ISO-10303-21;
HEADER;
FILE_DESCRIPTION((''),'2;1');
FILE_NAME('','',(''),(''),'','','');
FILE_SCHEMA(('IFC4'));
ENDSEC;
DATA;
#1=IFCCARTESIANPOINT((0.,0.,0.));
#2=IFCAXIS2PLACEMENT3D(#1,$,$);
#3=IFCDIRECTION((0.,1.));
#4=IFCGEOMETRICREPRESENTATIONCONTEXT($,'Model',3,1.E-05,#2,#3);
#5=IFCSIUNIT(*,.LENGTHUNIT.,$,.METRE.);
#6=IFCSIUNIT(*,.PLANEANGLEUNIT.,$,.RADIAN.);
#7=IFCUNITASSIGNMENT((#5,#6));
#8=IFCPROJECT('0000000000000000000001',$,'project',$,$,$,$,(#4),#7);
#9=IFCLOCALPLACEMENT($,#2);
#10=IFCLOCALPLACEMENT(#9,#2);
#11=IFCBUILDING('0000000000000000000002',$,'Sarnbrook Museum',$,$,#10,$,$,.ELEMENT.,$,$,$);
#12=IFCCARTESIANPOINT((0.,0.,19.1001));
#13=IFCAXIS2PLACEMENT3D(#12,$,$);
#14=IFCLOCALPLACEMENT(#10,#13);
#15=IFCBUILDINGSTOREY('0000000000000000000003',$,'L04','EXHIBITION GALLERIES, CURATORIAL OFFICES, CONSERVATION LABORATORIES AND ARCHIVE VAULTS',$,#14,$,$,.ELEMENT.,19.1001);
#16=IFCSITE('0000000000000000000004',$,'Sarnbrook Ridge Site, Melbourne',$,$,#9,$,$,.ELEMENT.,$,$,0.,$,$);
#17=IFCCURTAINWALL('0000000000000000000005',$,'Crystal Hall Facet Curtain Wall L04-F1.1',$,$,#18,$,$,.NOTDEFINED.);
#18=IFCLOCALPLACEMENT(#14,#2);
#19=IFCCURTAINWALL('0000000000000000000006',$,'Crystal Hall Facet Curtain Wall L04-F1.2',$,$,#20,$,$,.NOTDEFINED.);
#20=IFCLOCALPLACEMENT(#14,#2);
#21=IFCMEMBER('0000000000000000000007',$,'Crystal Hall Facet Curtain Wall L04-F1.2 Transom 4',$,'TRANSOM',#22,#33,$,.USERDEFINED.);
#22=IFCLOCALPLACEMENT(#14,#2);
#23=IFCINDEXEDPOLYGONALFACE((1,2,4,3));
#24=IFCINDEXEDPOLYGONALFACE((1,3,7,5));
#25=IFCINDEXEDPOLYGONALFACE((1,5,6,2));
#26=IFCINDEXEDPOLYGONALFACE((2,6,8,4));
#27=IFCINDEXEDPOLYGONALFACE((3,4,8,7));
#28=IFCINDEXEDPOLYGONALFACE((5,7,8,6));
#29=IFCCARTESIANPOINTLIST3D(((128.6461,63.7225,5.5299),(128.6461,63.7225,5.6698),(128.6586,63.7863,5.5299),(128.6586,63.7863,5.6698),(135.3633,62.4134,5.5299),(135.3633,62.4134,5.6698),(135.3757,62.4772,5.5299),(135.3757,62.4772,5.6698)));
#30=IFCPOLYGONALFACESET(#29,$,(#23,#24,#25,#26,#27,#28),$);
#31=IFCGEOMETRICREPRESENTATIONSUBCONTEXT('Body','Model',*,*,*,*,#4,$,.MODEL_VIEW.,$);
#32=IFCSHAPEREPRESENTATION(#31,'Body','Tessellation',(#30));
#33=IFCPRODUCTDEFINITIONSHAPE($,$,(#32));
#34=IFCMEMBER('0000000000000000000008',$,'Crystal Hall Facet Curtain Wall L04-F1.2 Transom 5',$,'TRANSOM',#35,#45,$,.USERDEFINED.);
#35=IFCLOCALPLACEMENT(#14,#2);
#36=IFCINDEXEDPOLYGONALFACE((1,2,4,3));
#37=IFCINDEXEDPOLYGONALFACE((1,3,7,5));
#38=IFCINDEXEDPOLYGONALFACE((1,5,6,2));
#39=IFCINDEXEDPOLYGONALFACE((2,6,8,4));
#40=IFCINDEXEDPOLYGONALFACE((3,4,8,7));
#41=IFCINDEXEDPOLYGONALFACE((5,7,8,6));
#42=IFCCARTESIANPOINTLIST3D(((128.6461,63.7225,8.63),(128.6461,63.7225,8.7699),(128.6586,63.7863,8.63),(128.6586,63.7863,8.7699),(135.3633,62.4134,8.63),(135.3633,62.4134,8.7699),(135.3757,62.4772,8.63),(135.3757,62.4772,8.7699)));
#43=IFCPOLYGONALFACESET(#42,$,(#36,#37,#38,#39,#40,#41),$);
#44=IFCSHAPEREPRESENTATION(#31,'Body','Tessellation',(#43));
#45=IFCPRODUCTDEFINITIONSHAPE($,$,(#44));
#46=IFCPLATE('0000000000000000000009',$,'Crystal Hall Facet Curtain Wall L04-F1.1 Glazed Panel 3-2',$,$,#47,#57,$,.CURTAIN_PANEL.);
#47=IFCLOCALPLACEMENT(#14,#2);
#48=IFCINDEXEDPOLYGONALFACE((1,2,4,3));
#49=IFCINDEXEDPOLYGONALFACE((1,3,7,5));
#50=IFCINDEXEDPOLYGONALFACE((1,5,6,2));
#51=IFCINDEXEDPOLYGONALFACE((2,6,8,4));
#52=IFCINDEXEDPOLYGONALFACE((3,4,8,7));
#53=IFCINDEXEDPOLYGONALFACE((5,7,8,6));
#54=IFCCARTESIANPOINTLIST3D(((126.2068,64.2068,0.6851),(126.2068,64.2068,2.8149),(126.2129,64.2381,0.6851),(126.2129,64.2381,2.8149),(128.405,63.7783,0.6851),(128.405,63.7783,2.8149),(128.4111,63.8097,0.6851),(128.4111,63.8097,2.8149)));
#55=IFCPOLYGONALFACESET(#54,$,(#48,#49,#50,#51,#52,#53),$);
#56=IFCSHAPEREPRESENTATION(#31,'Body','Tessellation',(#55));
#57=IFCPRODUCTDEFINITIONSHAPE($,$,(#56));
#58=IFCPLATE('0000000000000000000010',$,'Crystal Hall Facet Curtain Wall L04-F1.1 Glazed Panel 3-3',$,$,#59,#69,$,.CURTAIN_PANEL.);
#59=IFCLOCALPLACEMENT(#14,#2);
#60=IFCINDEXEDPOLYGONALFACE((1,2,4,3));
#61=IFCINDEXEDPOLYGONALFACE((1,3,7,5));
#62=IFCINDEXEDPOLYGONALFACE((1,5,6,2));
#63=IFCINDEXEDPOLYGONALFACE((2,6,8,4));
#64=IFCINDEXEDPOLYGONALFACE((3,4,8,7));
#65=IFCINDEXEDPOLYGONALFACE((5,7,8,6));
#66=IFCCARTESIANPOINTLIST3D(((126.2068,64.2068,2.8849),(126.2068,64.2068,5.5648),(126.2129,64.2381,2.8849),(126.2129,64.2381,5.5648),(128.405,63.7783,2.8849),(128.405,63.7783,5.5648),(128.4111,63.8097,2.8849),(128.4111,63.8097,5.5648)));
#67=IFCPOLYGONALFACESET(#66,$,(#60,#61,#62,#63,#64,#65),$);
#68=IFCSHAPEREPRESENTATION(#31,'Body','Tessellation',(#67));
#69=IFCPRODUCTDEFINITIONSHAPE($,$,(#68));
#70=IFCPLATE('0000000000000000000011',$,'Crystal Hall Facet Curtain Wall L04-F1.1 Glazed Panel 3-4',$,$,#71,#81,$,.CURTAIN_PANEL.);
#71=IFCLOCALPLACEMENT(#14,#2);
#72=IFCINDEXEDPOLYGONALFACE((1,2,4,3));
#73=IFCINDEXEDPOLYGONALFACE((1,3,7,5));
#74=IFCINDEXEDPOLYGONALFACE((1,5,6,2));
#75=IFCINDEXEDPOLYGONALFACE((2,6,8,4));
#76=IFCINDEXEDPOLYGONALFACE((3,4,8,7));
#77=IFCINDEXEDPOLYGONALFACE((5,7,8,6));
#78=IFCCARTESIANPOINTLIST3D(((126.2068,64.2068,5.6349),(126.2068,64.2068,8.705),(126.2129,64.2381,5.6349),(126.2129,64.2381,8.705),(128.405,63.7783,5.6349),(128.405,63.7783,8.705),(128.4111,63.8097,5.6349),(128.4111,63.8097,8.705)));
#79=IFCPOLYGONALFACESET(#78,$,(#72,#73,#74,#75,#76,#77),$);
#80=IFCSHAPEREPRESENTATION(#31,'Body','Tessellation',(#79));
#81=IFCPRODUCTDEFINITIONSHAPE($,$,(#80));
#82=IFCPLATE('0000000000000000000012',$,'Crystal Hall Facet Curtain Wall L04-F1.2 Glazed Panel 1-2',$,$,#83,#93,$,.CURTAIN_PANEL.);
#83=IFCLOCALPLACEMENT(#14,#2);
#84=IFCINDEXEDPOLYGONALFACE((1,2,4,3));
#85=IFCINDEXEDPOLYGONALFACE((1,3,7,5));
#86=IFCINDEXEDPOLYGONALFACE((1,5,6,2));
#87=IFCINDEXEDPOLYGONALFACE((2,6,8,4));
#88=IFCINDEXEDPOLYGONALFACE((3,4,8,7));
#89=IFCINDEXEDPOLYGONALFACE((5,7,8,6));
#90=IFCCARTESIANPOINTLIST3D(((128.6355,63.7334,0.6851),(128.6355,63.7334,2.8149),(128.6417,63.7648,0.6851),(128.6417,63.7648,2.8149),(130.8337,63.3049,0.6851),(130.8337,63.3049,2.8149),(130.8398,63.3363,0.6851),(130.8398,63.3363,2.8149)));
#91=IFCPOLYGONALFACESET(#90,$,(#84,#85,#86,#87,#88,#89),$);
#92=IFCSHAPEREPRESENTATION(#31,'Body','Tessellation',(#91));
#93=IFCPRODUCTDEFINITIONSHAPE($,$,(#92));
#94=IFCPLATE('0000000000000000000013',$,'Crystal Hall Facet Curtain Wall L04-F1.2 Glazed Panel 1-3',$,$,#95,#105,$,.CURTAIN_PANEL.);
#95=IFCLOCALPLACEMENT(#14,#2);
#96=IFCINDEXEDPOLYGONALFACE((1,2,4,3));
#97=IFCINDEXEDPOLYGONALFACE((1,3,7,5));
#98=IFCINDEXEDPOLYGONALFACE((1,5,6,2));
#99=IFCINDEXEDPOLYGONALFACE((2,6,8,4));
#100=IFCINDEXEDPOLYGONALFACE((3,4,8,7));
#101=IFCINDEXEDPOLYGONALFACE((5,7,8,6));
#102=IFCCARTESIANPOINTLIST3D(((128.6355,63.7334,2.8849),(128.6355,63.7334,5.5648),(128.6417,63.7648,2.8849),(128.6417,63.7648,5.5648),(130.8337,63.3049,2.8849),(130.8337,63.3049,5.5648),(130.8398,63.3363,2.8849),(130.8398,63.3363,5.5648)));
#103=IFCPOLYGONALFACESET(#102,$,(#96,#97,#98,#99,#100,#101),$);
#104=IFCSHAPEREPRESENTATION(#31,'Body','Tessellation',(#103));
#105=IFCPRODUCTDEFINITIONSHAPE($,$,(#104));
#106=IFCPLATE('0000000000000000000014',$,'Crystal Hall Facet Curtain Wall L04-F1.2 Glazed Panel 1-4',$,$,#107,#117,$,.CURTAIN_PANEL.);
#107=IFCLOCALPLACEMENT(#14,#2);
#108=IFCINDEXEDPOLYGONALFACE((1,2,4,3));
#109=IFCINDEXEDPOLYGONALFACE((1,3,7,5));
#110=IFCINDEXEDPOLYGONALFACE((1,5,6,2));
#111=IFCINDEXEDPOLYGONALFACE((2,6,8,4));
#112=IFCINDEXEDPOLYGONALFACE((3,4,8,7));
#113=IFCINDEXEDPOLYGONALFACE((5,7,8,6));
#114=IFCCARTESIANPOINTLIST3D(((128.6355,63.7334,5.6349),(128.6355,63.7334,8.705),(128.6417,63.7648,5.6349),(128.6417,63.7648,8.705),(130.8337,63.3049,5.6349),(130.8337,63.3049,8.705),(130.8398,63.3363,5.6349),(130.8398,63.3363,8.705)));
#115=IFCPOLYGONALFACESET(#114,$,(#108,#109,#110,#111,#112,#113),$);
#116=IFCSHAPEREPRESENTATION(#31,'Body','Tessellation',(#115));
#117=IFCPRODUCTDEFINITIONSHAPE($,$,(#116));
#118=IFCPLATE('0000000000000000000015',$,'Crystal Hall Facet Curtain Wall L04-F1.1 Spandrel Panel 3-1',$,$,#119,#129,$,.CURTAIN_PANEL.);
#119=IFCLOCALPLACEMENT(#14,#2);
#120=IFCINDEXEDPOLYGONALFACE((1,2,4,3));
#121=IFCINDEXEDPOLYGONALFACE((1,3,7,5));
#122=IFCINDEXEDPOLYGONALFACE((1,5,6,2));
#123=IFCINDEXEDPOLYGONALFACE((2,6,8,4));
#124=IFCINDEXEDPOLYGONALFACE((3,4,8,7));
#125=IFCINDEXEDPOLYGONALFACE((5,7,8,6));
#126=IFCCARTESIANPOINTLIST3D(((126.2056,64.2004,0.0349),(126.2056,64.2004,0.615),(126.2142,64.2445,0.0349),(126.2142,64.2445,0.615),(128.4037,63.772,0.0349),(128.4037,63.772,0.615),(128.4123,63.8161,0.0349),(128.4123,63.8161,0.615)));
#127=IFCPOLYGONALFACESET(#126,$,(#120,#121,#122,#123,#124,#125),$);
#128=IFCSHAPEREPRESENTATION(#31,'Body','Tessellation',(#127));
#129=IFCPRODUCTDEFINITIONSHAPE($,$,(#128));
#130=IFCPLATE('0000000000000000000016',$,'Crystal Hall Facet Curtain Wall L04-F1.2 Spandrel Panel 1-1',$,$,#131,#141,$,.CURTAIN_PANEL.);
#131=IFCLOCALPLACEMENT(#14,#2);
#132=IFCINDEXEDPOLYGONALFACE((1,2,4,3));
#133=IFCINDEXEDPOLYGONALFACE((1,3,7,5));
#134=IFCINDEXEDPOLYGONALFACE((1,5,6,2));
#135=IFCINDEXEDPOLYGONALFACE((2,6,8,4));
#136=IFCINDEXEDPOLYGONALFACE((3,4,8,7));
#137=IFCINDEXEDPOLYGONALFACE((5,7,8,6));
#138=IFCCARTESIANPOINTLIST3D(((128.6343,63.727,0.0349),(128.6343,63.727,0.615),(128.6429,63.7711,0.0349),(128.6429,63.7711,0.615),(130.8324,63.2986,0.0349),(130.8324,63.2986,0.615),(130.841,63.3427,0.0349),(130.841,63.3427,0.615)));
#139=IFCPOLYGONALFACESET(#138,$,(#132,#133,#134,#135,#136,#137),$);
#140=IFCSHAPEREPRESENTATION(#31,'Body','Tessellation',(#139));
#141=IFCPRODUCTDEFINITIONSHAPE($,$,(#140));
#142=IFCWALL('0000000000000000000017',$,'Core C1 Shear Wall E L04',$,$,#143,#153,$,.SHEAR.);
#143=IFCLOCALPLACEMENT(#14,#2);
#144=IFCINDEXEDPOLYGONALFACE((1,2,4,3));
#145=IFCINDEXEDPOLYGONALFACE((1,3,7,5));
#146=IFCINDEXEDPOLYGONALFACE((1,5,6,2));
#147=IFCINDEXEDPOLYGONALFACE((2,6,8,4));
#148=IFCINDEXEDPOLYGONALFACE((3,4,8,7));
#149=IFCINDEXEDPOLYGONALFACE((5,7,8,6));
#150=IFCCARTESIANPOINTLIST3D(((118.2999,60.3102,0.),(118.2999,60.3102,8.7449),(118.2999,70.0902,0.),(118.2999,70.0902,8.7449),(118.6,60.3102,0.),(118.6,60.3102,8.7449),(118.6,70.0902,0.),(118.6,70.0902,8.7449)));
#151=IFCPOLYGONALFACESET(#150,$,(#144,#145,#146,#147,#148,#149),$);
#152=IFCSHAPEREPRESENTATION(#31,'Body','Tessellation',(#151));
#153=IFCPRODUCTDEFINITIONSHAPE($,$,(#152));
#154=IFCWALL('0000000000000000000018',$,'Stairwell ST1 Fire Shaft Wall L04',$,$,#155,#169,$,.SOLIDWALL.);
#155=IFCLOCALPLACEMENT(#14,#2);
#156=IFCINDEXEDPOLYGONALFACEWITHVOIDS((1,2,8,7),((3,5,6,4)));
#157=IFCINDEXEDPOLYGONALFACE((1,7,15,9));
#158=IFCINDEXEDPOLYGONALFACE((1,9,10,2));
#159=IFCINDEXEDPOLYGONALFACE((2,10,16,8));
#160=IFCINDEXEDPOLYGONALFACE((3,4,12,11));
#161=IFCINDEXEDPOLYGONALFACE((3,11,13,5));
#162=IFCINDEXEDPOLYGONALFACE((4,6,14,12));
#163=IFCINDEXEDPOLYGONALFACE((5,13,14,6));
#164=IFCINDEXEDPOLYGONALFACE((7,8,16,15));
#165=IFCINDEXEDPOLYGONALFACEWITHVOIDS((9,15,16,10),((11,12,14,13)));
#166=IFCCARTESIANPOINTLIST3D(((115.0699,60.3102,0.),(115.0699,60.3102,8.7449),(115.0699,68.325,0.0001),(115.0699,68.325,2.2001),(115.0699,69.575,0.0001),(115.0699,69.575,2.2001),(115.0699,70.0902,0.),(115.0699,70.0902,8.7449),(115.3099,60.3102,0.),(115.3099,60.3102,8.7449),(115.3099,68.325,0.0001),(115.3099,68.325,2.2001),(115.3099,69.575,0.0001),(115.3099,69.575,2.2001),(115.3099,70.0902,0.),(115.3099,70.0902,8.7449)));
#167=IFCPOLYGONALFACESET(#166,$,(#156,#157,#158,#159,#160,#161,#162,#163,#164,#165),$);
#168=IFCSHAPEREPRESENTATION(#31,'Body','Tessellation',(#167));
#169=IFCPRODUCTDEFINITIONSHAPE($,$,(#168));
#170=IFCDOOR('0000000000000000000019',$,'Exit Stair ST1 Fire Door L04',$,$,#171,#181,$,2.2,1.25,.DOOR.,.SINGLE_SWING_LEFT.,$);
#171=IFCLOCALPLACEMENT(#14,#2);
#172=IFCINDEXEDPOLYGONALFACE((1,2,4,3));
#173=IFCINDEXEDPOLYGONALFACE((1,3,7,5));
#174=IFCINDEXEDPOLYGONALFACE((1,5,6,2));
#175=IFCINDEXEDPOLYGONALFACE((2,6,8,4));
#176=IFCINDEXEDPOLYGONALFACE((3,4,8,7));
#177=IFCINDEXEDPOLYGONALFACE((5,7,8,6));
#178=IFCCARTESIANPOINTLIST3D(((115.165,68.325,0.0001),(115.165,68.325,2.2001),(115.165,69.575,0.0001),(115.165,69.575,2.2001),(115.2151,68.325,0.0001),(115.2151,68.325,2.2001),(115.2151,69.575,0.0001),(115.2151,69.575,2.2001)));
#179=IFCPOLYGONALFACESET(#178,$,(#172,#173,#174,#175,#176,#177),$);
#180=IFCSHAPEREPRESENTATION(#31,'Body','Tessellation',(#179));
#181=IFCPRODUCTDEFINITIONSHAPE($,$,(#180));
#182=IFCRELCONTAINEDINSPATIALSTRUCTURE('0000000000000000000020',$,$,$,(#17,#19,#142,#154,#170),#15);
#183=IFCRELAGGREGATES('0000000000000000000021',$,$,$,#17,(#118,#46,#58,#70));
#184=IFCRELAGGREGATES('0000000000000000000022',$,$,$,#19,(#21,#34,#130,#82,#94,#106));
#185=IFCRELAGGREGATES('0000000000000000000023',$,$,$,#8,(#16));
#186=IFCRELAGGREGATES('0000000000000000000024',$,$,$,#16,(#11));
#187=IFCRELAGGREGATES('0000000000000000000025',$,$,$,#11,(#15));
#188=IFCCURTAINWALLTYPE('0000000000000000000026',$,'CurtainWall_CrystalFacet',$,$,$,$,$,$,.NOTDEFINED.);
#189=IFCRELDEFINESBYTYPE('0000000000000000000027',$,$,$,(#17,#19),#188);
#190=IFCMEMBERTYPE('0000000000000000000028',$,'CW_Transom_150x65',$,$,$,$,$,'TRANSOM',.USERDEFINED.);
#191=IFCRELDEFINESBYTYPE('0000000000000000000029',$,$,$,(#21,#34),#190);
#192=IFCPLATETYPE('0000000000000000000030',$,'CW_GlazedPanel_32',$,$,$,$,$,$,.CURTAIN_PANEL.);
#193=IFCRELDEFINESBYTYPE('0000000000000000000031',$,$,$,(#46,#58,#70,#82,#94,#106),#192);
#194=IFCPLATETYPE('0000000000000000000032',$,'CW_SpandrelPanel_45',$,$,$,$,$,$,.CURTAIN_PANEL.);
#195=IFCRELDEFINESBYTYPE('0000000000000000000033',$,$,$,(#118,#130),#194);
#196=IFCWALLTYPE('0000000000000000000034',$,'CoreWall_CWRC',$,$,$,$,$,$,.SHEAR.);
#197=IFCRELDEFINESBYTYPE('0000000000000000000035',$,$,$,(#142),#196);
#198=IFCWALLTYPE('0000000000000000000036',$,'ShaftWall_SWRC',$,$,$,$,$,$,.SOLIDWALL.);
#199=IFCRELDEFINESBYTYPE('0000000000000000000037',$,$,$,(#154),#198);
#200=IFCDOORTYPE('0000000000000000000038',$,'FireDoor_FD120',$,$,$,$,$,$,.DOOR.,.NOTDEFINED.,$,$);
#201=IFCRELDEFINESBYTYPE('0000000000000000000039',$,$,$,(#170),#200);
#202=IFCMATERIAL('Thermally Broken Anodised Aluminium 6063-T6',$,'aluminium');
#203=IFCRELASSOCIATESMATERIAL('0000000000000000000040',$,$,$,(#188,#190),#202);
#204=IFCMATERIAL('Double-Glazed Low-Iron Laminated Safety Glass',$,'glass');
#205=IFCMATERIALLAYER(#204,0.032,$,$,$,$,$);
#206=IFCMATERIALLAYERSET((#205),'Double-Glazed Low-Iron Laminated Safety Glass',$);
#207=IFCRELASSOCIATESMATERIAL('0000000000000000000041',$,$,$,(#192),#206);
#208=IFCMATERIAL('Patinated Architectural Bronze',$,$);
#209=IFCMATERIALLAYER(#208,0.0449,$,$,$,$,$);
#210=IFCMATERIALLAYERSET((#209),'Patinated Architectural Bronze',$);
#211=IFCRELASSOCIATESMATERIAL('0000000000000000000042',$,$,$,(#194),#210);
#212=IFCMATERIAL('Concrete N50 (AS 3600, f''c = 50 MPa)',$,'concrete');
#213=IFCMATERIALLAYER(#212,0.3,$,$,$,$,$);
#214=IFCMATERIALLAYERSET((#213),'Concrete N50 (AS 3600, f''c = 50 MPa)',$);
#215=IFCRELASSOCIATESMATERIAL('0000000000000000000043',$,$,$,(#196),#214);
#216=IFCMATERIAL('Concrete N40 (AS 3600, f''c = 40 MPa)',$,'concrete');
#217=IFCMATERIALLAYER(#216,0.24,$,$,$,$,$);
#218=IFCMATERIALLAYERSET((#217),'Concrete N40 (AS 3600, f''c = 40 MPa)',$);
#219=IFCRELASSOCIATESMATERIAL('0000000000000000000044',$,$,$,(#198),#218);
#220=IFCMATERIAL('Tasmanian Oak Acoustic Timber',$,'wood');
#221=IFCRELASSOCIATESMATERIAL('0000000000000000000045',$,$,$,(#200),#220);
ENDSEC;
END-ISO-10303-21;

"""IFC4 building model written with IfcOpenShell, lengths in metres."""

from ifc_helpers import new_model, si_unit, direction, frame, frame_2d, origin, origin_2d, place, context, subcontext, project, spatial, rectangle, extrude, material, layer, layer_set, material_profile, profile_set, type_object, element, fill, aggregate, save


model = new_model("IFC4")

# Units and contexts
model_context = context("Model", 3, precision=1e-05, world=origin(), true_north=direction((0.0, 1.0)))
body_context = subcontext(model_context, "Body", "Model", "MODEL_VIEW")
ifc_project = project(units=[si_unit("LENGTHUNIT", "METRE"), si_unit("PLANEANGLEUNIT", "RADIAN")], contexts=[model_context])

# Site, building, storey
site_placement = place(None, origin())
site = spatial("IfcSite", under=ifc_project, at=site_placement, Name="Sarnbrook Ridge Site, Melbourne", CompositionType="ELEMENT", RefElevation=0.0)
building_placement = place(site_placement, origin())
building = spatial("IfcBuilding", under=site, at=building_placement, Name="Sarnbrook Museum", CompositionType="ELEMENT")
storey_placement = place(building_placement, frame((0.0, 0.0, 19.1001)))
storey = spatial("IfcBuildingStorey", under=building, at=storey_placement, Name="L04", Description="EXHIBITION GALLERIES, CURATORIAL OFFICES, CONSERVATION LABORATORIES AND ARCHIVE VAULTS", CompositionType="ELEMENT", Elevation=19.1001)

# Curtain walls, members
ifc_material_1 = material(Name="Thermally Broken Anodised Aluminium 6063-T6", Category="aluminium")
curtain_wall_type = type_object("IfcCurtainWallType", Name="CurtainWall_CrystalFacet", PredefinedType="NOTDEFINED", material=ifc_material_1)
curtain_wall_1_placement = place(storey_placement, origin())
curtain_wall_1 = element("IfcCurtainWall", 1, at=curtain_wall_1_placement, inside=storey, type_object=curtain_wall_type, Name="Crystal Hall Facet Curtain Wall L04-F1.1", PredefinedType="NOTDEFINED")
curtain_wall_2_placement = place(storey_placement, origin())
curtain_wall_2 = element("IfcCurtainWall", 2, at=curtain_wall_2_placement, inside=storey, type_object=curtain_wall_type, Name="Crystal Hall Facet Curtain Wall L04-F1.2", PredefinedType="NOTDEFINED")
ifc_material_profile_1 = material_profile(ifc_material_1, rectangle(XDim=0.0649, YDim=0.1399, at=origin_2d()), Name="ALU TRANSOM 65x140")
ifc_profile_set_1 = profile_set([ifc_material_profile_1], Name="Thermally Broken Anodised Aluminium 6063-T6")
member_type_1 = type_object("IfcMemberType", Name="CW_Transom_150x65", ElementType="TRANSOM", PredefinedType="USERDEFINED", material=ifc_profile_set_1)
member_1_placement = place(storey_placement, frame((128.6523, 63.7544, 5.5999), z_axis=(0.981533, -0.191291, 0.0), x_axis=(0.191291, 0.981533, 0.0)))
member_1 = element("IfcMember", 3, at=member_1_placement, type_object=member_type_1, Name="Crystal Hall Facet Curtain Wall L04-F1.2 Transom 4", ObjectType="TRANSOM", PredefinedType="USERDEFINED", context=body_context, shape_type="SweptSolid", body=[
    extrude(rectangle(XDim=0.0649, YDim=0.1399, at=origin_2d()), origin(), (0.0, 0.0, 1.0), 6.8435),
])
member_2_placement = place(storey_placement, frame((128.6523, 63.7544, 8.7), z_axis=(0.981533, -0.191291, 0.0), x_axis=(0.191291, 0.981533, 0.0)))
member_2 = element("IfcMember", 4, at=member_2_placement, type_object=member_type_1, Name="Crystal Hall Facet Curtain Wall L04-F1.2 Transom 5", ObjectType="TRANSOM", PredefinedType="USERDEFINED", context=body_context, shape_type="SweptSolid", body=[
    extrude(rectangle(XDim=0.0649, YDim=0.1399, at=origin_2d()), origin(), (0.0, 0.0, 1.0), 6.8435),
])

# Plates
ifc_material_2 = material(Name="Double-Glazed Low-Iron Laminated Safety Glass", Category="glass")
ifc_layer_1 = layer(ifc_material_2, 0.032)
ifc_layer_set_1 = layer_set([ifc_layer_1], Name="Double-Glazed Low-Iron Laminated Safety Glass")
plate_type_1 = type_object("IfcPlateType", Name="CW_GlazedPanel_32", PredefinedType="CURTAIN_PANEL", material=ifc_layer_set_1)
plate_1_placement = place(storey_placement, frame((127.312, 64.0239, 1.75), z_axis=(-0.191313, -0.981529, 0.0), x_axis=(0.981529, -0.191313, 0.0)))
plate_1 = element("IfcPlate", 5, at=plate_1_placement, type_object=plate_type_1, Name="Crystal Hall Facet Curtain Wall L04-F1.1 Glazed Panel 3-2", PredefinedType="CURTAIN_PANEL", context=body_context, shape_type="SweptSolid", body=[
    extrude(rectangle(XDim=2.2395, YDim=2.1299, at=origin_2d()), origin(), (0.0, 0.0, 1.0), 0.032),
])
plate_2_placement = place(storey_placement, frame((127.312, 64.0239, 4.2249), z_axis=(-0.191313, -0.981529, 0.0), x_axis=(0.981529, -0.191313, 0.0)))
plate_2 = element("IfcPlate", 6, at=plate_2_placement, type_object=plate_type_1, Name="Crystal Hall Facet Curtain Wall L04-F1.1 Glazed Panel 3-3", PredefinedType="CURTAIN_PANEL", context=body_context, shape_type="SweptSolid", body=[
    extrude(rectangle(XDim=2.2395, YDim=2.6799, at=origin_2d()), origin(), (0.0, 0.0, 1.0), 0.032),
])
plate_3_placement = place(storey_placement, frame((127.312, 64.0239, 7.1699), z_axis=(-0.191313, -0.981529, 0.0), x_axis=(0.981529, -0.191313, 0.0)))
plate_3 = element("IfcPlate", 7, at=plate_3_placement, type_object=plate_type_1, Name="Crystal Hall Facet Curtain Wall L04-F1.1 Glazed Panel 3-4", PredefinedType="CURTAIN_PANEL", context=body_context, shape_type="SweptSolid", body=[
    extrude(rectangle(XDim=2.2395, YDim=3.0701, at=origin_2d()), origin(), (0.0, 0.0, 1.0), 0.032),
])
plate_4_placement = place(storey_placement, frame((129.7407, 63.5505, 1.75), z_axis=(-0.191313, -0.981529, 0.0), x_axis=(0.981529, -0.191313, 0.0)))
plate_4 = element("IfcPlate", 8, at=plate_4_placement, type_object=plate_type_1, Name="Crystal Hall Facet Curtain Wall L04-F1.2 Glazed Panel 1-2", PredefinedType="CURTAIN_PANEL", context=body_context, shape_type="SweptSolid", body=[
    extrude(rectangle(XDim=2.2395, YDim=2.1299, at=origin_2d()), origin(), (0.0, 0.0, 1.0), 0.032),
])
plate_5_placement = place(storey_placement, frame((129.7407, 63.5505, 4.2249), z_axis=(-0.191313, -0.981529, 0.0), x_axis=(0.981529, -0.191313, 0.0)))
plate_5 = element("IfcPlate", 9, at=plate_5_placement, type_object=plate_type_1, Name="Crystal Hall Facet Curtain Wall L04-F1.2 Glazed Panel 1-3", PredefinedType="CURTAIN_PANEL", context=body_context, shape_type="SweptSolid", body=[
    extrude(rectangle(XDim=2.2395, YDim=2.6799, at=origin_2d()), origin(), (0.0, 0.0, 1.0), 0.032),
])
plate_6_placement = place(storey_placement, frame((129.7407, 63.5505, 7.1699), z_axis=(-0.191313, -0.981529, 0.0), x_axis=(0.981529, -0.191313, 0.0)))
plate_6 = element("IfcPlate", 10, at=plate_6_placement, type_object=plate_type_1, Name="Crystal Hall Facet Curtain Wall L04-F1.2 Glazed Panel 1-4", PredefinedType="CURTAIN_PANEL", context=body_context, shape_type="SweptSolid", body=[
    extrude(rectangle(XDim=2.2395, YDim=3.0701, at=origin_2d()), origin(), (0.0, 0.0, 1.0), 0.032),
])
ifc_material_3 = material(Name="Patinated Architectural Bronze")
ifc_layer_2 = layer(ifc_material_3, 0.0449)
ifc_layer_set_2 = layer_set([ifc_layer_2], Name="Patinated Architectural Bronze")
plate_type_2 = type_object("IfcPlateType", Name="CW_SpandrelPanel_45", PredefinedType="CURTAIN_PANEL", material=ifc_layer_set_2)
plate_7_placement = place(storey_placement, frame((127.3132, 64.0303, 0.325), z_axis=(-0.191313, -0.981529, 0.0), x_axis=(0.981529, -0.191313, 0.0)))
plate_7 = element("IfcPlate", 11, at=plate_7_placement, type_object=plate_type_2, Name="Crystal Hall Facet Curtain Wall L04-F1.1 Spandrel Panel 3-1", PredefinedType="CURTAIN_PANEL", context=body_context, shape_type="SweptSolid", body=[
    extrude(rectangle(XDim=2.2395, YDim=0.5801, at=origin_2d()), origin(), (0.0, 0.0, 1.0), 0.0449),
])
aggregate(curtain_wall_1, [plate_7, plate_1, plate_2, plate_3])
plate_8_placement = place(storey_placement, frame((129.7419, 63.5569, 0.325), z_axis=(-0.191313, -0.981529, 0.0), x_axis=(0.981529, -0.191313, 0.0)))
plate_8 = element("IfcPlate", 12, at=plate_8_placement, type_object=plate_type_2, Name="Crystal Hall Facet Curtain Wall L04-F1.2 Spandrel Panel 1-1", PredefinedType="CURTAIN_PANEL", context=body_context, shape_type="SweptSolid", body=[
    extrude(rectangle(XDim=2.2395, YDim=0.5801, at=origin_2d()), origin(), (0.0, 0.0, 1.0), 0.0449),
])
aggregate(curtain_wall_2, [member_1, member_2, plate_8, plate_4, plate_5, plate_6])

# Wall
ifc_material_4 = material(Name="Concrete N50 (AS 3600, f'c = 50 MPa)", Category="concrete")
ifc_layer_3 = layer(ifc_material_4, 0.3)
ifc_layer_set_3 = layer_set([ifc_layer_3], Name="Concrete N50 (AS 3600, f'c = 50 MPa)")
wall_type_1 = type_object("IfcWallType", Name="CoreWall_CWRC", PredefinedType="SHEAR", material=ifc_layer_set_3)
wall_1_placement = place(storey_placement, frame((118.45, 60.3101, 0.0), z_axis=(0.0, 0.0, 1.0), x_axis=(0.0, 1.0, 0.0)))
element("IfcWall", 13, at=wall_1_placement, inside=storey, type_object=wall_type_1, Name="Core C1 Shear Wall E L04", PredefinedType="SHEAR", context=body_context, shape_type="SweptSolid", body=[
    extrude(rectangle(XDim=9.78, YDim=0.3, at=frame_2d((4.8901, 0.0))), origin(), (0.0, 0.0, 1.0), 8.7449),
])

# Wall, opening, door
ifc_material_5 = material(Name="Concrete N40 (AS 3600, f'c = 40 MPa)", Category="concrete")
ifc_layer_4 = layer(ifc_material_5, 0.24)
ifc_layer_set_4 = layer_set([ifc_layer_4], Name="Concrete N40 (AS 3600, f'c = 40 MPa)")
wall_type_2 = type_object("IfcWallType", Name="ShaftWall_SWRC", PredefinedType="SOLIDWALL", material=ifc_layer_set_4)
wall_2_placement = place(storey_placement, frame((115.1899, 60.3101, 0.0), z_axis=(0.0, 0.0, 1.0), x_axis=(0.0, 1.0, 0.0)))
wall_2 = element("IfcWall", 14, at=wall_2_placement, inside=storey, type_object=wall_type_2, Name="Stairwell ST1 Fire Shaft Wall L04", PredefinedType="SOLIDWALL", context=body_context, shape_type="SweptSolid", body=[
    extrude(rectangle(XDim=9.78, YDim=0.24, at=frame_2d((4.8901, 0.0))), origin(), (0.0, 0.0, 1.0), 8.7449),
])
opening_1_placement = place(wall_2_placement, frame((8.0149, 0.0, 0.0)))
opening_1 = element("IfcOpeningElement", 15, at=opening_1_placement, cuts=wall_2, PredefinedType="OPENING", context=body_context, shape_type="SweptSolid", body=[
    extrude(rectangle(XDim=1.25, YDim=2.2, at=frame_2d((0.625, 1.1001))), frame((0.0, 0.1299, 0.0), z_axis=(0.0, -1.0, 0.0), x_axis=(1.0, 0.0, 0.0)), (0.0, 0.0, 1.0), 0.26),
])
ifc_material_6 = material(Name="Tasmanian Oak Acoustic Timber", Category="wood")
door_type_1 = type_object("IfcDoorType", Name="FireDoor_FD120", OperationType="NOTDEFINED", PredefinedType="DOOR", material=ifc_material_6)
door_1_placement = place(opening_1_placement, origin())
door_1 = element("IfcDoor", 16, at=door_1_placement, inside=storey, type_object=door_type_1, Name="Exit Stair ST1 Fire Door L04", OperationType="SINGLE_SWING_LEFT", OverallHeight=2.2, OverallWidth=1.25, PredefinedType="DOOR", context=body_context, shape_type="SweptSolid", body=[
    extrude(rectangle(XDim=1.25, YDim=2.2, at=frame_2d((0.625, 1.1001))), frame((0.0, 0.0249, 0.0), z_axis=(0.0, -1.0, 0.0), x_axis=(1.0, 0.0, 0.0)), (0.0, 0.0, 1.0), 0.05),
])
fill(opening_1, door_1)

save(model, "model.ifc")
